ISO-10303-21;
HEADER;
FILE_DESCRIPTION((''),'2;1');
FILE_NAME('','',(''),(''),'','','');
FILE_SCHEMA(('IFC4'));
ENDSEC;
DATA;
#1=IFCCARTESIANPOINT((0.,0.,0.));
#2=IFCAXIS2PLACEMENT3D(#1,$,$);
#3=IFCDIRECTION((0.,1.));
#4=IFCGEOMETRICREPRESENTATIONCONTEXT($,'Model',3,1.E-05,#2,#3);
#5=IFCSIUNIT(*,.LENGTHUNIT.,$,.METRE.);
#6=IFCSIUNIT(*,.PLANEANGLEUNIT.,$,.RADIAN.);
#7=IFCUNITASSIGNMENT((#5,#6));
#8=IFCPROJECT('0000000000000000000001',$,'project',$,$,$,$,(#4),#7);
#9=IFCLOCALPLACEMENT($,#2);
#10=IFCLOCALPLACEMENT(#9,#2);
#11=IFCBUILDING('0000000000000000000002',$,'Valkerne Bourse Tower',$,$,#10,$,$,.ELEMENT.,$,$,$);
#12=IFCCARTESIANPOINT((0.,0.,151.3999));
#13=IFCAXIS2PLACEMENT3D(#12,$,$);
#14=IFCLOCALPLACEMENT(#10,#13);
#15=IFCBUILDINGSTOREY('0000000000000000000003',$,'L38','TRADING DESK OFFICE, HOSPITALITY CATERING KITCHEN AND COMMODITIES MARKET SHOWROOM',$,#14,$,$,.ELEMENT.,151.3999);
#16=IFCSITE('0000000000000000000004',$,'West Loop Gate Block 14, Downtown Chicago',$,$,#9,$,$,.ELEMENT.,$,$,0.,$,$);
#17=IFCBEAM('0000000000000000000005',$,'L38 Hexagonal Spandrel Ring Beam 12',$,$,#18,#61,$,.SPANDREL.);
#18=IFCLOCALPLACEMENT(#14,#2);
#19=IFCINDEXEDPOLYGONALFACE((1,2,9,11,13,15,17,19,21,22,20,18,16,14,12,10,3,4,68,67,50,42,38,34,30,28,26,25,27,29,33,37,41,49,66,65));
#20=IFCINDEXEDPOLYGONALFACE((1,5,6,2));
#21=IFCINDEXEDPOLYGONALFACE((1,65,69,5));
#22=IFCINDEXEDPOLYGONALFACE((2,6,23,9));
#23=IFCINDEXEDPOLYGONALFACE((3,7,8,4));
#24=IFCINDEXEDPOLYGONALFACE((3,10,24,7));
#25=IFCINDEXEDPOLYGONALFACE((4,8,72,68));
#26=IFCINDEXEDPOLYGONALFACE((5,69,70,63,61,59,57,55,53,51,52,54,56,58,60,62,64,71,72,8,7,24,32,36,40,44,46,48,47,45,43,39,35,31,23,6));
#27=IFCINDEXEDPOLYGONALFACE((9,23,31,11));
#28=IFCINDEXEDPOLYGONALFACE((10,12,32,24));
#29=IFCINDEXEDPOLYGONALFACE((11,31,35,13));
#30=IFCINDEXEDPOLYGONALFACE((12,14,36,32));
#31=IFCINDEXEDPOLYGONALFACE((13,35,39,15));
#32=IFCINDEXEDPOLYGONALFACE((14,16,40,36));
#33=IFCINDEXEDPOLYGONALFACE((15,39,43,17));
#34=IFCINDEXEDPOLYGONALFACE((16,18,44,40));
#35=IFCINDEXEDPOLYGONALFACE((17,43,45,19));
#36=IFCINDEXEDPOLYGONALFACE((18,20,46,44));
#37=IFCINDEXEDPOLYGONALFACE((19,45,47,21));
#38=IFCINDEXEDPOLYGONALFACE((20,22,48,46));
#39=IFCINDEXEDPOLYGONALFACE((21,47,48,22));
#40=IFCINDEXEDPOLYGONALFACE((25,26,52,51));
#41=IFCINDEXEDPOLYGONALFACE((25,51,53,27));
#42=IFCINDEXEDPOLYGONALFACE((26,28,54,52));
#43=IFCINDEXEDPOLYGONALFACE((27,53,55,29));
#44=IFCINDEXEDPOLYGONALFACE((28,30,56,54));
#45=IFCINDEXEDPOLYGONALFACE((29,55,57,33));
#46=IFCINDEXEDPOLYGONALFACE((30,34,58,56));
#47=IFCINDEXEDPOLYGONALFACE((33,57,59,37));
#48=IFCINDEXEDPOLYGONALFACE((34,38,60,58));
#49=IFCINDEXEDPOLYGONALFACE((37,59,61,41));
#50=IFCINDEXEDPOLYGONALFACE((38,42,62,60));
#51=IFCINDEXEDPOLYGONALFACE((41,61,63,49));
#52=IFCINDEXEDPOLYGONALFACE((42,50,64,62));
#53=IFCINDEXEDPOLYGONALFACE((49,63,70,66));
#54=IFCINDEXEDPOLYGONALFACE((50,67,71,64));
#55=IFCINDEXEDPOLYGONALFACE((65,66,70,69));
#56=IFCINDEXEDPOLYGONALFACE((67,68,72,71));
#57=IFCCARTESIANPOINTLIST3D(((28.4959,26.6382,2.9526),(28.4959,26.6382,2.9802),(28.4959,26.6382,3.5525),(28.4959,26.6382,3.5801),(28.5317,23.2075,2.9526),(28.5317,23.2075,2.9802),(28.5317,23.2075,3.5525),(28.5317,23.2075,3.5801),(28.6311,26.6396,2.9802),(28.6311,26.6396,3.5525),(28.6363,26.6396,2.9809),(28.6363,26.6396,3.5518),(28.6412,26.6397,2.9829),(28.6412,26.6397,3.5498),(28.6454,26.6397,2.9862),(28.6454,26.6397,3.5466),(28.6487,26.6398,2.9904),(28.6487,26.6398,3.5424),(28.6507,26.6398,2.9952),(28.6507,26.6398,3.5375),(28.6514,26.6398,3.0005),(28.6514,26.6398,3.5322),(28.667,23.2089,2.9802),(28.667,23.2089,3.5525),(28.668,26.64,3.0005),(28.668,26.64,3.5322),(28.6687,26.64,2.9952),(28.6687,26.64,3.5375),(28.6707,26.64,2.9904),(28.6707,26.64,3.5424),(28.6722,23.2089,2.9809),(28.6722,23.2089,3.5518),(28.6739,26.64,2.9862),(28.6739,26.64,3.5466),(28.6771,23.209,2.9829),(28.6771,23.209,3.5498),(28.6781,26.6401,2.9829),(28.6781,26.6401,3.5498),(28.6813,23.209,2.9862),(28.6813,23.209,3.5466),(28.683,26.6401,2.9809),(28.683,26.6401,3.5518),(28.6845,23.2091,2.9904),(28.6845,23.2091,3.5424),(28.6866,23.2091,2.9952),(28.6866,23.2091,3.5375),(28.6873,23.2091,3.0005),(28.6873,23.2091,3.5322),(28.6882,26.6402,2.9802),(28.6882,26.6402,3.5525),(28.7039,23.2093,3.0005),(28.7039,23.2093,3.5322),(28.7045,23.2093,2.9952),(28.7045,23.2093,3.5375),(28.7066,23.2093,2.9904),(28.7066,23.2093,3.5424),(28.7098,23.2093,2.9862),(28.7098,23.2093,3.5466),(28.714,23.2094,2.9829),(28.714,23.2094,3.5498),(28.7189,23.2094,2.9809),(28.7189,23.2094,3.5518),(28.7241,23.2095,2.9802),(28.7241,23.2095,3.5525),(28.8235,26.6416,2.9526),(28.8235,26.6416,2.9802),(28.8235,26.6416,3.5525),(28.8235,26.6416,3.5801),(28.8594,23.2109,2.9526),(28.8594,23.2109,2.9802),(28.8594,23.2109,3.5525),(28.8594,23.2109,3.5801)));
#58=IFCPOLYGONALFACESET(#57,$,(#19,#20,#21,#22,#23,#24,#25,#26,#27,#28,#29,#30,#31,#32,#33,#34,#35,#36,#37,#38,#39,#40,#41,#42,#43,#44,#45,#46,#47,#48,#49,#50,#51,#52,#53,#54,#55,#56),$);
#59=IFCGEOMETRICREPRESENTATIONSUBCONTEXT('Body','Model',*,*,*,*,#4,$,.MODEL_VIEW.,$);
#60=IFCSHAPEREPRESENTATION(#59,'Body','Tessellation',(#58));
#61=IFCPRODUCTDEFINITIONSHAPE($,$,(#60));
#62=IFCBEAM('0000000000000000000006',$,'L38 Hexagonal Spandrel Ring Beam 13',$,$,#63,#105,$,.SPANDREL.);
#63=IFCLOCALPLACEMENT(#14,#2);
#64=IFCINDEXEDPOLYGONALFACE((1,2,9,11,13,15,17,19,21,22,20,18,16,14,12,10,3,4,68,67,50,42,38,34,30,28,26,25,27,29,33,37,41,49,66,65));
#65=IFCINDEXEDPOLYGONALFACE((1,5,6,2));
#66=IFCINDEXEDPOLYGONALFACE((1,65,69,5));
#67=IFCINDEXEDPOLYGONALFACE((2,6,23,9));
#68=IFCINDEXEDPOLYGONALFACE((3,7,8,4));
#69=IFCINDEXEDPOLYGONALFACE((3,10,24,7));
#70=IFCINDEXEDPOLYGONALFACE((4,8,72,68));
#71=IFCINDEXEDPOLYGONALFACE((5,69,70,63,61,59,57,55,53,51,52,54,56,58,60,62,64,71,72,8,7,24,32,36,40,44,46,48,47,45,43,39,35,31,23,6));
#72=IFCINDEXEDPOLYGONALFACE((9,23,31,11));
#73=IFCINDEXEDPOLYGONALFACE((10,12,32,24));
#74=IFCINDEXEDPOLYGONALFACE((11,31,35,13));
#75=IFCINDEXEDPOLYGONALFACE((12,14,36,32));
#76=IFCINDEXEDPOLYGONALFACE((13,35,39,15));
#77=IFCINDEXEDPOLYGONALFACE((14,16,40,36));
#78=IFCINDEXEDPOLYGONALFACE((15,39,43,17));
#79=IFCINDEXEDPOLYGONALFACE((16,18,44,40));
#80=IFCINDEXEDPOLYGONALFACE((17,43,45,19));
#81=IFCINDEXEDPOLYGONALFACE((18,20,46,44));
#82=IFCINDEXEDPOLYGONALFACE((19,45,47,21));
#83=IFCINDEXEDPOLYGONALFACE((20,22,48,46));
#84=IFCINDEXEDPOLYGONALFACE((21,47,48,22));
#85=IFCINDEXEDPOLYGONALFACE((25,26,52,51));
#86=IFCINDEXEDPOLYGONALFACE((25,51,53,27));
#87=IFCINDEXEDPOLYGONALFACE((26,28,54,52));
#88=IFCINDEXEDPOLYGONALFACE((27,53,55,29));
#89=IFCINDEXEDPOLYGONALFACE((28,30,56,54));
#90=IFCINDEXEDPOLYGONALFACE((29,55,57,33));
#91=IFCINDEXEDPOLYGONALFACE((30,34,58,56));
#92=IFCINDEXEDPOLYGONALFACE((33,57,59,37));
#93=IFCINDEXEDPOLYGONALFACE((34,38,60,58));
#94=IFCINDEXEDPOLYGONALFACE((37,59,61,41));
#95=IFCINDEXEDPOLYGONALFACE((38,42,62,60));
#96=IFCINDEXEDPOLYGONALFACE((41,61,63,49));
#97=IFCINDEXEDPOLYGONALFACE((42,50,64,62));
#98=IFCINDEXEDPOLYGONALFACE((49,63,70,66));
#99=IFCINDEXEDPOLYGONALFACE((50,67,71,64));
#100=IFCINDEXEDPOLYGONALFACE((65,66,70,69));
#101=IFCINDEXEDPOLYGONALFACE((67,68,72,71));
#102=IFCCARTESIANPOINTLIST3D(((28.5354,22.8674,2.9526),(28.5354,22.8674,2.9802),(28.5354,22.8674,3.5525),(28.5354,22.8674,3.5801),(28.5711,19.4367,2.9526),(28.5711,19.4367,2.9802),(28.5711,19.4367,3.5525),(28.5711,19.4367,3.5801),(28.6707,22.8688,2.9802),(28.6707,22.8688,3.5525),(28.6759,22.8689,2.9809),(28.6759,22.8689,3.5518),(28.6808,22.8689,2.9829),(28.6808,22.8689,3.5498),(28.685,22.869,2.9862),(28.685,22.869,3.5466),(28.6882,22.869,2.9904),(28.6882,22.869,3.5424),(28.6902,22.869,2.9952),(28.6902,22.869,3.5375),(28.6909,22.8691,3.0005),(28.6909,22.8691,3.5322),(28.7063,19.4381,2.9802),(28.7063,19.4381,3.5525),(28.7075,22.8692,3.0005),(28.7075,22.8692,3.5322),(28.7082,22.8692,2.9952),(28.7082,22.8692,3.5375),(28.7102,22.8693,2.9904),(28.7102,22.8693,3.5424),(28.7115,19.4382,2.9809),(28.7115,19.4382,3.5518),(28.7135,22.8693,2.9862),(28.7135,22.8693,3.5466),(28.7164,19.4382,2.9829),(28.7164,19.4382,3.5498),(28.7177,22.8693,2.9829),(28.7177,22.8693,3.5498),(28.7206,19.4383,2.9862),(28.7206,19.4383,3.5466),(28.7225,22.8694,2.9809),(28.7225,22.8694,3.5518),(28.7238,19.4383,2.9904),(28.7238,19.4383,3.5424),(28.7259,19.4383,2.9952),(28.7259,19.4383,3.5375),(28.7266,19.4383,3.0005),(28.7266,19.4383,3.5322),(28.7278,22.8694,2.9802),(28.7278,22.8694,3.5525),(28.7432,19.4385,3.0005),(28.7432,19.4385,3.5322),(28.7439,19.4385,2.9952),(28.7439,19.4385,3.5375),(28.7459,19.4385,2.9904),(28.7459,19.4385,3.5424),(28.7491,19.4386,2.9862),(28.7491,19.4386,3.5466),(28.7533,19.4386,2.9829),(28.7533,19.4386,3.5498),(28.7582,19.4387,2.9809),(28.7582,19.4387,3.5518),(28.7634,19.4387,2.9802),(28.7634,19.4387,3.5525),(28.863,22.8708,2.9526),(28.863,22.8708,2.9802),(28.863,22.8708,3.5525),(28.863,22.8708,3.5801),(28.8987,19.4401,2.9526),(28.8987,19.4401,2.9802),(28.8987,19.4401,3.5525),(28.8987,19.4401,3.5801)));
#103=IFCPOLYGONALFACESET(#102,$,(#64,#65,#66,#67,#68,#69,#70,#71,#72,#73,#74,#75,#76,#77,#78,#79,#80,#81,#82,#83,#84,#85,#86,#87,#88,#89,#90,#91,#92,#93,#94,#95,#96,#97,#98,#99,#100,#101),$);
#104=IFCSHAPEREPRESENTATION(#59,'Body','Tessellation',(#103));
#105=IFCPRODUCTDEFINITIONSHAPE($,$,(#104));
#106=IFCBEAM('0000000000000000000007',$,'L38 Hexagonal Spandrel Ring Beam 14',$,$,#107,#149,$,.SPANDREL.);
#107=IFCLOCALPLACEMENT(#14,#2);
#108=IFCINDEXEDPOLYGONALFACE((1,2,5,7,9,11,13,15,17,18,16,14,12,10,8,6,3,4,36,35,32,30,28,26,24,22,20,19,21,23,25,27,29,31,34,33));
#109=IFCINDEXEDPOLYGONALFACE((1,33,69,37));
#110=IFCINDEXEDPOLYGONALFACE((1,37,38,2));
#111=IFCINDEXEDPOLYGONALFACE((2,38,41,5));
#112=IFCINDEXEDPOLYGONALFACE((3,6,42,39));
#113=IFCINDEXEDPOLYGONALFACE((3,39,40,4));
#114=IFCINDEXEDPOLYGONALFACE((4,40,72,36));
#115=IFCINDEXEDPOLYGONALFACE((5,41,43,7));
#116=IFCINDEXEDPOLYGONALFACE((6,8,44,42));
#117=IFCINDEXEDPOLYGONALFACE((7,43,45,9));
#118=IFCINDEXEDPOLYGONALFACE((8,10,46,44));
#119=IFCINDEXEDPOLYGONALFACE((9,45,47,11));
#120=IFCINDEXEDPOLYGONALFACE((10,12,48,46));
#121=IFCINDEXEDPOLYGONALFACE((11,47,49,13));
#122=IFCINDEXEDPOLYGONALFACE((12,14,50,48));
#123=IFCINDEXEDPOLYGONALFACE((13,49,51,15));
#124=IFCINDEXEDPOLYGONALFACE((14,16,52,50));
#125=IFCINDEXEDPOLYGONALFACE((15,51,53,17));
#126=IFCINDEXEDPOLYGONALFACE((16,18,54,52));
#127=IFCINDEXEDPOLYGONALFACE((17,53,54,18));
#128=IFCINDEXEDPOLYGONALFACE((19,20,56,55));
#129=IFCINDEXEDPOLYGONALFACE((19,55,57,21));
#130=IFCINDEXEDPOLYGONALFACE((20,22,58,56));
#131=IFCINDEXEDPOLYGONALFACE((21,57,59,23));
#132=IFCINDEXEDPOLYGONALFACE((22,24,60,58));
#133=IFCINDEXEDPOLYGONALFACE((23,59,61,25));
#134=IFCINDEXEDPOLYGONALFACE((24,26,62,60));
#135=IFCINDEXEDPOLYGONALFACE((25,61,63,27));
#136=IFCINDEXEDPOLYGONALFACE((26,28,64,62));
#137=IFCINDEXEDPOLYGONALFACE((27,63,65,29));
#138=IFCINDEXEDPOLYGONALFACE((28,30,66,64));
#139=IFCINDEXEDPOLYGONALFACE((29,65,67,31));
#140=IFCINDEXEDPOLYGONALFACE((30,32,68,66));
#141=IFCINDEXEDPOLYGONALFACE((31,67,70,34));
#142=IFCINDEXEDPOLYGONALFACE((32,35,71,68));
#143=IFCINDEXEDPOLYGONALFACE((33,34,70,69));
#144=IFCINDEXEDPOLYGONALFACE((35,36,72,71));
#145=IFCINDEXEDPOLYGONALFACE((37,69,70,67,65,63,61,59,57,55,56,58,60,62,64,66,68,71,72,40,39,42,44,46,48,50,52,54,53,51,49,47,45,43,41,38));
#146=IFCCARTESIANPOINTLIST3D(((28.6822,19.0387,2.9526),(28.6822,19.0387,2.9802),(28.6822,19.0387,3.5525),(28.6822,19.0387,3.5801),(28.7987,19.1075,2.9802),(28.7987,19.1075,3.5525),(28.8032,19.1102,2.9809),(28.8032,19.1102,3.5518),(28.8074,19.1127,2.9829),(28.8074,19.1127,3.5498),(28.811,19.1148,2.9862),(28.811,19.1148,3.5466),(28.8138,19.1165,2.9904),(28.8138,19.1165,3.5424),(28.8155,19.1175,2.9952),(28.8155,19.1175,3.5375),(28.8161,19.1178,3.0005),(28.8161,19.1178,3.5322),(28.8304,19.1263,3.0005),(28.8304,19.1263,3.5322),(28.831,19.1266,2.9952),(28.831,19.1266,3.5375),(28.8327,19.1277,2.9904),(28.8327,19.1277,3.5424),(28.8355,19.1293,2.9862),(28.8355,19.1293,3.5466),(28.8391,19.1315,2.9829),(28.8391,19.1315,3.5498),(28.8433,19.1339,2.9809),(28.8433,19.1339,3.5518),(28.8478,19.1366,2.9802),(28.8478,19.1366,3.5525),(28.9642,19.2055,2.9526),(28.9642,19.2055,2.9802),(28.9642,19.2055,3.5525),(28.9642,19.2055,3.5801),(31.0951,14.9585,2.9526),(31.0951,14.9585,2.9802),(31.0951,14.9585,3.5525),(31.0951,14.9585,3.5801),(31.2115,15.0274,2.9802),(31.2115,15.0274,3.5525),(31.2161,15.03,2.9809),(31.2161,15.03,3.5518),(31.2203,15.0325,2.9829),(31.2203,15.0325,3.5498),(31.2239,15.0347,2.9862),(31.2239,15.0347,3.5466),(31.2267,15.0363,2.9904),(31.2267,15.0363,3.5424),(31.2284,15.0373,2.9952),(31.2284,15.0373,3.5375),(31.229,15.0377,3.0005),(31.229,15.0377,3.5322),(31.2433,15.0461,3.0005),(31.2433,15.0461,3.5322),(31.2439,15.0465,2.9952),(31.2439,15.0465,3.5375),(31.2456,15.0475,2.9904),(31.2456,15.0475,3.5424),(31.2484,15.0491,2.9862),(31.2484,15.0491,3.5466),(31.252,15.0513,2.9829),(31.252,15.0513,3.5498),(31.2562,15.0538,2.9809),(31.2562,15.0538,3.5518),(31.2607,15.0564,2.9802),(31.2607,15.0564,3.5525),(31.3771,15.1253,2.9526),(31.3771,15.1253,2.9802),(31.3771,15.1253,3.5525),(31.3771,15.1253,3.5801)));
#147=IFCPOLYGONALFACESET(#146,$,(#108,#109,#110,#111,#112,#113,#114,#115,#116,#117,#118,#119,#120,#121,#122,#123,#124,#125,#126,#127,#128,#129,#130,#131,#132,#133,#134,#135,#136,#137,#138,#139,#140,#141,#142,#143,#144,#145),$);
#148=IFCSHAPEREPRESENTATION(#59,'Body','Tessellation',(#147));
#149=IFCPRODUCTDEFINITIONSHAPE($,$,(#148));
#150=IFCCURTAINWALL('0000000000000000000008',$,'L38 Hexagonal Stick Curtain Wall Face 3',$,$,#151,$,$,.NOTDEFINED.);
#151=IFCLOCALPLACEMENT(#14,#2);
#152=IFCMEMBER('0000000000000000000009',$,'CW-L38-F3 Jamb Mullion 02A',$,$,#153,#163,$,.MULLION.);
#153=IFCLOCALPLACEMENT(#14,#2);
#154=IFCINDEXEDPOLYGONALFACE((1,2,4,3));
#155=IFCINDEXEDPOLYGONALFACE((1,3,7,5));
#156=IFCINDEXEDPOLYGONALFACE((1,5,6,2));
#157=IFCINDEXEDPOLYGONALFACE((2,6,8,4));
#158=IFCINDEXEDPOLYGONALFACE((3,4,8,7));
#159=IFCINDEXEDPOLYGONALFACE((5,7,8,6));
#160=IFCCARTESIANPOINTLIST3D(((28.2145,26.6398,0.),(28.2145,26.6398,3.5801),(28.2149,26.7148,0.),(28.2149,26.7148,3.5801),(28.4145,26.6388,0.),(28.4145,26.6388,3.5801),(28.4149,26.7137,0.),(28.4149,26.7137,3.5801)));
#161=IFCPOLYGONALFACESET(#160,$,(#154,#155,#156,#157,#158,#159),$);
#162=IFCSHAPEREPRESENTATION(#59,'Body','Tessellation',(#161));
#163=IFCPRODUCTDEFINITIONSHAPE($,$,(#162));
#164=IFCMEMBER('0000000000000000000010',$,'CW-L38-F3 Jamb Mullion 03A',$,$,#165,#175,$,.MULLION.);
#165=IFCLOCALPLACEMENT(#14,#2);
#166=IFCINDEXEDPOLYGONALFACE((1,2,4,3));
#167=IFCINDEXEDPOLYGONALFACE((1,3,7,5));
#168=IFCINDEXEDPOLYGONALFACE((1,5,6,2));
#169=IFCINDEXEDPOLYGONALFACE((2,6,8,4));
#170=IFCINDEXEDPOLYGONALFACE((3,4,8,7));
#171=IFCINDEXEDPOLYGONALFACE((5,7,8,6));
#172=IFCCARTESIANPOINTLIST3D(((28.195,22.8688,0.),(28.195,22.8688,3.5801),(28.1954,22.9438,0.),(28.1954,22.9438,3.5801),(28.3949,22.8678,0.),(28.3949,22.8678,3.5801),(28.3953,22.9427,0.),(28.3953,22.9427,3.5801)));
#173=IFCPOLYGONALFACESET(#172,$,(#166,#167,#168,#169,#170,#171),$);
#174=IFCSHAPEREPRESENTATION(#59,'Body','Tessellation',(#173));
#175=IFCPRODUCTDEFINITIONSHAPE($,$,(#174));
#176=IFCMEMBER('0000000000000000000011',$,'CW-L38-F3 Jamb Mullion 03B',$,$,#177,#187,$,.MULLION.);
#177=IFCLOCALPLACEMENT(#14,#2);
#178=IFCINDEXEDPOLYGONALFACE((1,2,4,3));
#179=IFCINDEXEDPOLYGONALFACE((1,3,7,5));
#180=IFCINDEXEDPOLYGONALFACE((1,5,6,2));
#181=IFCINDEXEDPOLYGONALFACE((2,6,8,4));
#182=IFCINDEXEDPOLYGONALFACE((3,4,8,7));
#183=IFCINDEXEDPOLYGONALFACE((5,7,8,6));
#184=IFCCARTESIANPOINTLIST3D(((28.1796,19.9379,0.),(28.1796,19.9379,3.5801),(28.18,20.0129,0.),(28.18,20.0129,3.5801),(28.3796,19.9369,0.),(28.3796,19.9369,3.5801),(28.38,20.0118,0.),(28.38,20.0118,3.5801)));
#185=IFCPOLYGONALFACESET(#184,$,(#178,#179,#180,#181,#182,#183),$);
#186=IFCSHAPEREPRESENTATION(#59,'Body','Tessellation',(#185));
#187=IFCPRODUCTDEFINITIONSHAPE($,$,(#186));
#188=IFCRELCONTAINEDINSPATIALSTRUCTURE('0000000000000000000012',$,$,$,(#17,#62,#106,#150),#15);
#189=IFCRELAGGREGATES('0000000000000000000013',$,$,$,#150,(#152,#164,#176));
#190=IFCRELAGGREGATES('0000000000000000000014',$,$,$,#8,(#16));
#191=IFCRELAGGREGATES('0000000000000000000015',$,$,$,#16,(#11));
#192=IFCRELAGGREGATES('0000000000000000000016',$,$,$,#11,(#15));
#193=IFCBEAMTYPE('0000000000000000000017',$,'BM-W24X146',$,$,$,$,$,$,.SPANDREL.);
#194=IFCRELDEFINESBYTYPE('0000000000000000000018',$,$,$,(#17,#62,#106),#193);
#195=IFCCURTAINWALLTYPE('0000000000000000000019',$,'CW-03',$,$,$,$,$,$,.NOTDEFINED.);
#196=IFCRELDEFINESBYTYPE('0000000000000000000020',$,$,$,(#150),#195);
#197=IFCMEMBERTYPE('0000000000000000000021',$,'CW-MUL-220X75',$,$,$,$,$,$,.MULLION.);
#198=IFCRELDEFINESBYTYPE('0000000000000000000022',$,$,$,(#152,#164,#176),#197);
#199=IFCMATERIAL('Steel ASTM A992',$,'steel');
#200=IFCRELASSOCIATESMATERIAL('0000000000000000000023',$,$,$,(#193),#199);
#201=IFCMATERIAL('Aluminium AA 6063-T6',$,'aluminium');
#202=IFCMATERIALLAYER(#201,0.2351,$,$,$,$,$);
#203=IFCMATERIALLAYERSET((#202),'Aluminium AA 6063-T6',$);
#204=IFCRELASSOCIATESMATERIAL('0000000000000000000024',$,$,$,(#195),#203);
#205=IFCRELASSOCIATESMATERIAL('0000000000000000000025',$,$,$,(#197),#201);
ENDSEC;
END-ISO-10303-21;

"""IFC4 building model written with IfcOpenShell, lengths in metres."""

from ifc_helpers import new_model, si_unit, direction, frame, origin, origin_2d, place, context, subcontext, project, spatial, rectangle, i_section, extrude, material, layer, layer_set, material_profile, profile_set, type_object, element, aggregate, save


model = new_model("IFC4")

# Units and contexts
model_context = context("Model", 3, precision=1e-05, world=origin(), true_north=direction((0.0, 1.0)))
body_context = subcontext(model_context, "Body", "Model", "MODEL_VIEW")
ifc_project = project(units=[si_unit("LENGTHUNIT", "METRE"), si_unit("PLANEANGLEUNIT", "RADIAN")], contexts=[model_context])

# Site, building, storey
site_placement = place(None, origin())
site = spatial("IfcSite", under=ifc_project, at=site_placement, Name="West Loop Gate Block 14, Downtown Chicago", CompositionType="ELEMENT", RefElevation=0.0)
building_placement = place(site_placement, origin())
building = spatial("IfcBuilding", under=site, at=building_placement, Name="Valkerne Bourse Tower", CompositionType="ELEMENT")
storey_placement = place(building_placement, frame((0.0, 0.0, 151.3999)))
storey = spatial("IfcBuildingStorey", under=building, at=storey_placement, Name="L38", Description="TRADING DESK OFFICE, HOSPITALITY CATERING KITCHEN AND COMMODITIES MARKET SHOWROOM", CompositionType="ELEMENT", Elevation=151.3999)

# Beams
ifc_material_1 = material(Name="Steel ASTM A992", Category="steel")
ifc_material_profile_1 = material_profile(ifc_material_1, i_section(OverallWidth=0.3276, OverallDepth=0.6274, WebThickness=0.0166, FlangeThickness=0.0276, FilletRadius=0.0203, at=origin_2d()), Name="W24X146")
ifc_profile_set_1 = profile_set([ifc_material_profile_1], Name="Steel ASTM A992")
beam_type_1 = type_object("IfcBeamType", Name="BM-W24X146", PredefinedType="SPANDREL", material=ifc_profile_set_1)
for number, where, z_axis, x_axis, name in (
    (1, (28.6597, 26.6399, 3.2664), (0.010461, -0.999945, 0.0), (0.999945, 0.010461, 0.0), "L38 Hexagonal Spandrel Ring Beam 12"),
    (2, (28.6992, 22.8691, 3.2664), (0.010389, -0.999946, 0.0), (0.999946, 0.010389, 0.0), "L38 Hexagonal Spandrel Ring Beam 13"),
):
    element("IfcBeam", number, at=place(storey_placement, frame(where, z_axis=z_axis, x_axis=x_axis)), inside=storey, type_object=beam_type_1, Name=name, PredefinedType="SPANDREL", context=body_context, shape_type="SweptSolid", body=[
        extrude(i_section(OverallWidth=0.3276, OverallDepth=0.6274, WebThickness=0.0166, FlangeThickness=0.0276, FilletRadius=0.0203, at=origin_2d()), origin(), (0.0, 0.0, 1.0), 3.4309),
    ])
beam_1_placement = place(storey_placement, frame((28.8232, 19.1221, 3.2664), z_axis=(0.509024, -0.860752, 0.0), x_axis=(0.860752, 0.509024, 0.0)))
element("IfcBeam", 3, at=beam_1_placement, inside=storey, type_object=beam_type_1, Name="L38 Hexagonal Spandrel Ring Beam 14", PredefinedType="SPANDREL", context=body_context, shape_type="SweptSolid", body=[
    extrude(i_section(OverallWidth=0.3276, OverallDepth=0.6274, WebThickness=0.0166, FlangeThickness=0.0276, FilletRadius=0.0203, at=origin_2d()), origin(), (0.0, 0.0, 1.0), 4.7402),
])

# Curtain wall, members
ifc_material_2 = material(Name="Aluminium AA 6063-T6", Category="aluminium")
ifc_layer_1 = layer(ifc_material_2, 0.2351)
ifc_layer_set_1 = layer_set([ifc_layer_1], Name="Aluminium AA 6063-T6")
curtain_wall_type = type_object("IfcCurtainWallType", Name="CW-03", PredefinedType="NOTDEFINED", material=ifc_layer_set_1)
curtain_wall_placement = place(storey_placement, origin())
curtain_wall = element("IfcCurtainWall", 4, at=curtain_wall_placement, inside=storey, type_object=curtain_wall_type, Name="L38 Hexagonal Stick Curtain Wall Face 3", PredefinedType="NOTDEFINED")
ifc_material_profile_2 = material_profile(ifc_material_2, rectangle(XDim=0.075, YDim=0.2, at=origin_2d()), Name="CWM-75X200")
ifc_profile_set_2 = profile_set([ifc_material_profile_2], Name="Aluminium AA 6063-T6")
member_type_1 = type_object("IfcMemberType", Name="CW-MUL-220X75", PredefinedType="MULLION", material=ifc_profile_set_2)
member_1_placement = place(storey_placement, frame((28.3147, 26.6768, 0.0), z_axis=(0.0, 0.0, 1.0), x_axis=(-0.005224, -0.999986, 0.0)))
member_1 = element("IfcMember", 5, at=member_1_placement, type_object=member_type_1, Name="CW-L38-F3 Jamb Mullion 02A", PredefinedType="MULLION", context=body_context, shape_type="SweptSolid", body=[
    extrude(rectangle(XDim=0.075, YDim=0.2, at=origin_2d()), origin(), (0.0, 0.0, 1.0), 3.5801),
])
member_2_placement = place(storey_placement, frame((28.2952, 22.9058, 0.0), z_axis=(0.0, 0.0, 1.0), x_axis=(-0.005251, -0.999986, 0.0)))
member_2 = element("IfcMember", 6, at=member_2_placement, type_object=member_type_1, Name="CW-L38-F3 Jamb Mullion 03A", PredefinedType="MULLION", context=body_context, shape_type="SweptSolid", body=[
    extrude(rectangle(XDim=0.075, YDim=0.2, at=origin_2d()), origin(), (0.0, 0.0, 1.0), 3.5801),
])
member_3_placement = place(storey_placement, frame((28.2798, 19.9749, 0.0), z_axis=(0.0, 0.0, 1.0), x_axis=(-0.005251, -0.999986, 0.0)))
member_3 = element("IfcMember", 7, at=member_3_placement, type_object=member_type_1, Name="CW-L38-F3 Jamb Mullion 03B", PredefinedType="MULLION", context=body_context, shape_type="SweptSolid", body=[
    extrude(rectangle(XDim=0.075, YDim=0.2, at=origin_2d()), origin(), (0.0, 0.0, 1.0), 3.5801),
])

aggregate(curtain_wall, [member_1, member_2, member_3])

save(model, "model.ifc")
